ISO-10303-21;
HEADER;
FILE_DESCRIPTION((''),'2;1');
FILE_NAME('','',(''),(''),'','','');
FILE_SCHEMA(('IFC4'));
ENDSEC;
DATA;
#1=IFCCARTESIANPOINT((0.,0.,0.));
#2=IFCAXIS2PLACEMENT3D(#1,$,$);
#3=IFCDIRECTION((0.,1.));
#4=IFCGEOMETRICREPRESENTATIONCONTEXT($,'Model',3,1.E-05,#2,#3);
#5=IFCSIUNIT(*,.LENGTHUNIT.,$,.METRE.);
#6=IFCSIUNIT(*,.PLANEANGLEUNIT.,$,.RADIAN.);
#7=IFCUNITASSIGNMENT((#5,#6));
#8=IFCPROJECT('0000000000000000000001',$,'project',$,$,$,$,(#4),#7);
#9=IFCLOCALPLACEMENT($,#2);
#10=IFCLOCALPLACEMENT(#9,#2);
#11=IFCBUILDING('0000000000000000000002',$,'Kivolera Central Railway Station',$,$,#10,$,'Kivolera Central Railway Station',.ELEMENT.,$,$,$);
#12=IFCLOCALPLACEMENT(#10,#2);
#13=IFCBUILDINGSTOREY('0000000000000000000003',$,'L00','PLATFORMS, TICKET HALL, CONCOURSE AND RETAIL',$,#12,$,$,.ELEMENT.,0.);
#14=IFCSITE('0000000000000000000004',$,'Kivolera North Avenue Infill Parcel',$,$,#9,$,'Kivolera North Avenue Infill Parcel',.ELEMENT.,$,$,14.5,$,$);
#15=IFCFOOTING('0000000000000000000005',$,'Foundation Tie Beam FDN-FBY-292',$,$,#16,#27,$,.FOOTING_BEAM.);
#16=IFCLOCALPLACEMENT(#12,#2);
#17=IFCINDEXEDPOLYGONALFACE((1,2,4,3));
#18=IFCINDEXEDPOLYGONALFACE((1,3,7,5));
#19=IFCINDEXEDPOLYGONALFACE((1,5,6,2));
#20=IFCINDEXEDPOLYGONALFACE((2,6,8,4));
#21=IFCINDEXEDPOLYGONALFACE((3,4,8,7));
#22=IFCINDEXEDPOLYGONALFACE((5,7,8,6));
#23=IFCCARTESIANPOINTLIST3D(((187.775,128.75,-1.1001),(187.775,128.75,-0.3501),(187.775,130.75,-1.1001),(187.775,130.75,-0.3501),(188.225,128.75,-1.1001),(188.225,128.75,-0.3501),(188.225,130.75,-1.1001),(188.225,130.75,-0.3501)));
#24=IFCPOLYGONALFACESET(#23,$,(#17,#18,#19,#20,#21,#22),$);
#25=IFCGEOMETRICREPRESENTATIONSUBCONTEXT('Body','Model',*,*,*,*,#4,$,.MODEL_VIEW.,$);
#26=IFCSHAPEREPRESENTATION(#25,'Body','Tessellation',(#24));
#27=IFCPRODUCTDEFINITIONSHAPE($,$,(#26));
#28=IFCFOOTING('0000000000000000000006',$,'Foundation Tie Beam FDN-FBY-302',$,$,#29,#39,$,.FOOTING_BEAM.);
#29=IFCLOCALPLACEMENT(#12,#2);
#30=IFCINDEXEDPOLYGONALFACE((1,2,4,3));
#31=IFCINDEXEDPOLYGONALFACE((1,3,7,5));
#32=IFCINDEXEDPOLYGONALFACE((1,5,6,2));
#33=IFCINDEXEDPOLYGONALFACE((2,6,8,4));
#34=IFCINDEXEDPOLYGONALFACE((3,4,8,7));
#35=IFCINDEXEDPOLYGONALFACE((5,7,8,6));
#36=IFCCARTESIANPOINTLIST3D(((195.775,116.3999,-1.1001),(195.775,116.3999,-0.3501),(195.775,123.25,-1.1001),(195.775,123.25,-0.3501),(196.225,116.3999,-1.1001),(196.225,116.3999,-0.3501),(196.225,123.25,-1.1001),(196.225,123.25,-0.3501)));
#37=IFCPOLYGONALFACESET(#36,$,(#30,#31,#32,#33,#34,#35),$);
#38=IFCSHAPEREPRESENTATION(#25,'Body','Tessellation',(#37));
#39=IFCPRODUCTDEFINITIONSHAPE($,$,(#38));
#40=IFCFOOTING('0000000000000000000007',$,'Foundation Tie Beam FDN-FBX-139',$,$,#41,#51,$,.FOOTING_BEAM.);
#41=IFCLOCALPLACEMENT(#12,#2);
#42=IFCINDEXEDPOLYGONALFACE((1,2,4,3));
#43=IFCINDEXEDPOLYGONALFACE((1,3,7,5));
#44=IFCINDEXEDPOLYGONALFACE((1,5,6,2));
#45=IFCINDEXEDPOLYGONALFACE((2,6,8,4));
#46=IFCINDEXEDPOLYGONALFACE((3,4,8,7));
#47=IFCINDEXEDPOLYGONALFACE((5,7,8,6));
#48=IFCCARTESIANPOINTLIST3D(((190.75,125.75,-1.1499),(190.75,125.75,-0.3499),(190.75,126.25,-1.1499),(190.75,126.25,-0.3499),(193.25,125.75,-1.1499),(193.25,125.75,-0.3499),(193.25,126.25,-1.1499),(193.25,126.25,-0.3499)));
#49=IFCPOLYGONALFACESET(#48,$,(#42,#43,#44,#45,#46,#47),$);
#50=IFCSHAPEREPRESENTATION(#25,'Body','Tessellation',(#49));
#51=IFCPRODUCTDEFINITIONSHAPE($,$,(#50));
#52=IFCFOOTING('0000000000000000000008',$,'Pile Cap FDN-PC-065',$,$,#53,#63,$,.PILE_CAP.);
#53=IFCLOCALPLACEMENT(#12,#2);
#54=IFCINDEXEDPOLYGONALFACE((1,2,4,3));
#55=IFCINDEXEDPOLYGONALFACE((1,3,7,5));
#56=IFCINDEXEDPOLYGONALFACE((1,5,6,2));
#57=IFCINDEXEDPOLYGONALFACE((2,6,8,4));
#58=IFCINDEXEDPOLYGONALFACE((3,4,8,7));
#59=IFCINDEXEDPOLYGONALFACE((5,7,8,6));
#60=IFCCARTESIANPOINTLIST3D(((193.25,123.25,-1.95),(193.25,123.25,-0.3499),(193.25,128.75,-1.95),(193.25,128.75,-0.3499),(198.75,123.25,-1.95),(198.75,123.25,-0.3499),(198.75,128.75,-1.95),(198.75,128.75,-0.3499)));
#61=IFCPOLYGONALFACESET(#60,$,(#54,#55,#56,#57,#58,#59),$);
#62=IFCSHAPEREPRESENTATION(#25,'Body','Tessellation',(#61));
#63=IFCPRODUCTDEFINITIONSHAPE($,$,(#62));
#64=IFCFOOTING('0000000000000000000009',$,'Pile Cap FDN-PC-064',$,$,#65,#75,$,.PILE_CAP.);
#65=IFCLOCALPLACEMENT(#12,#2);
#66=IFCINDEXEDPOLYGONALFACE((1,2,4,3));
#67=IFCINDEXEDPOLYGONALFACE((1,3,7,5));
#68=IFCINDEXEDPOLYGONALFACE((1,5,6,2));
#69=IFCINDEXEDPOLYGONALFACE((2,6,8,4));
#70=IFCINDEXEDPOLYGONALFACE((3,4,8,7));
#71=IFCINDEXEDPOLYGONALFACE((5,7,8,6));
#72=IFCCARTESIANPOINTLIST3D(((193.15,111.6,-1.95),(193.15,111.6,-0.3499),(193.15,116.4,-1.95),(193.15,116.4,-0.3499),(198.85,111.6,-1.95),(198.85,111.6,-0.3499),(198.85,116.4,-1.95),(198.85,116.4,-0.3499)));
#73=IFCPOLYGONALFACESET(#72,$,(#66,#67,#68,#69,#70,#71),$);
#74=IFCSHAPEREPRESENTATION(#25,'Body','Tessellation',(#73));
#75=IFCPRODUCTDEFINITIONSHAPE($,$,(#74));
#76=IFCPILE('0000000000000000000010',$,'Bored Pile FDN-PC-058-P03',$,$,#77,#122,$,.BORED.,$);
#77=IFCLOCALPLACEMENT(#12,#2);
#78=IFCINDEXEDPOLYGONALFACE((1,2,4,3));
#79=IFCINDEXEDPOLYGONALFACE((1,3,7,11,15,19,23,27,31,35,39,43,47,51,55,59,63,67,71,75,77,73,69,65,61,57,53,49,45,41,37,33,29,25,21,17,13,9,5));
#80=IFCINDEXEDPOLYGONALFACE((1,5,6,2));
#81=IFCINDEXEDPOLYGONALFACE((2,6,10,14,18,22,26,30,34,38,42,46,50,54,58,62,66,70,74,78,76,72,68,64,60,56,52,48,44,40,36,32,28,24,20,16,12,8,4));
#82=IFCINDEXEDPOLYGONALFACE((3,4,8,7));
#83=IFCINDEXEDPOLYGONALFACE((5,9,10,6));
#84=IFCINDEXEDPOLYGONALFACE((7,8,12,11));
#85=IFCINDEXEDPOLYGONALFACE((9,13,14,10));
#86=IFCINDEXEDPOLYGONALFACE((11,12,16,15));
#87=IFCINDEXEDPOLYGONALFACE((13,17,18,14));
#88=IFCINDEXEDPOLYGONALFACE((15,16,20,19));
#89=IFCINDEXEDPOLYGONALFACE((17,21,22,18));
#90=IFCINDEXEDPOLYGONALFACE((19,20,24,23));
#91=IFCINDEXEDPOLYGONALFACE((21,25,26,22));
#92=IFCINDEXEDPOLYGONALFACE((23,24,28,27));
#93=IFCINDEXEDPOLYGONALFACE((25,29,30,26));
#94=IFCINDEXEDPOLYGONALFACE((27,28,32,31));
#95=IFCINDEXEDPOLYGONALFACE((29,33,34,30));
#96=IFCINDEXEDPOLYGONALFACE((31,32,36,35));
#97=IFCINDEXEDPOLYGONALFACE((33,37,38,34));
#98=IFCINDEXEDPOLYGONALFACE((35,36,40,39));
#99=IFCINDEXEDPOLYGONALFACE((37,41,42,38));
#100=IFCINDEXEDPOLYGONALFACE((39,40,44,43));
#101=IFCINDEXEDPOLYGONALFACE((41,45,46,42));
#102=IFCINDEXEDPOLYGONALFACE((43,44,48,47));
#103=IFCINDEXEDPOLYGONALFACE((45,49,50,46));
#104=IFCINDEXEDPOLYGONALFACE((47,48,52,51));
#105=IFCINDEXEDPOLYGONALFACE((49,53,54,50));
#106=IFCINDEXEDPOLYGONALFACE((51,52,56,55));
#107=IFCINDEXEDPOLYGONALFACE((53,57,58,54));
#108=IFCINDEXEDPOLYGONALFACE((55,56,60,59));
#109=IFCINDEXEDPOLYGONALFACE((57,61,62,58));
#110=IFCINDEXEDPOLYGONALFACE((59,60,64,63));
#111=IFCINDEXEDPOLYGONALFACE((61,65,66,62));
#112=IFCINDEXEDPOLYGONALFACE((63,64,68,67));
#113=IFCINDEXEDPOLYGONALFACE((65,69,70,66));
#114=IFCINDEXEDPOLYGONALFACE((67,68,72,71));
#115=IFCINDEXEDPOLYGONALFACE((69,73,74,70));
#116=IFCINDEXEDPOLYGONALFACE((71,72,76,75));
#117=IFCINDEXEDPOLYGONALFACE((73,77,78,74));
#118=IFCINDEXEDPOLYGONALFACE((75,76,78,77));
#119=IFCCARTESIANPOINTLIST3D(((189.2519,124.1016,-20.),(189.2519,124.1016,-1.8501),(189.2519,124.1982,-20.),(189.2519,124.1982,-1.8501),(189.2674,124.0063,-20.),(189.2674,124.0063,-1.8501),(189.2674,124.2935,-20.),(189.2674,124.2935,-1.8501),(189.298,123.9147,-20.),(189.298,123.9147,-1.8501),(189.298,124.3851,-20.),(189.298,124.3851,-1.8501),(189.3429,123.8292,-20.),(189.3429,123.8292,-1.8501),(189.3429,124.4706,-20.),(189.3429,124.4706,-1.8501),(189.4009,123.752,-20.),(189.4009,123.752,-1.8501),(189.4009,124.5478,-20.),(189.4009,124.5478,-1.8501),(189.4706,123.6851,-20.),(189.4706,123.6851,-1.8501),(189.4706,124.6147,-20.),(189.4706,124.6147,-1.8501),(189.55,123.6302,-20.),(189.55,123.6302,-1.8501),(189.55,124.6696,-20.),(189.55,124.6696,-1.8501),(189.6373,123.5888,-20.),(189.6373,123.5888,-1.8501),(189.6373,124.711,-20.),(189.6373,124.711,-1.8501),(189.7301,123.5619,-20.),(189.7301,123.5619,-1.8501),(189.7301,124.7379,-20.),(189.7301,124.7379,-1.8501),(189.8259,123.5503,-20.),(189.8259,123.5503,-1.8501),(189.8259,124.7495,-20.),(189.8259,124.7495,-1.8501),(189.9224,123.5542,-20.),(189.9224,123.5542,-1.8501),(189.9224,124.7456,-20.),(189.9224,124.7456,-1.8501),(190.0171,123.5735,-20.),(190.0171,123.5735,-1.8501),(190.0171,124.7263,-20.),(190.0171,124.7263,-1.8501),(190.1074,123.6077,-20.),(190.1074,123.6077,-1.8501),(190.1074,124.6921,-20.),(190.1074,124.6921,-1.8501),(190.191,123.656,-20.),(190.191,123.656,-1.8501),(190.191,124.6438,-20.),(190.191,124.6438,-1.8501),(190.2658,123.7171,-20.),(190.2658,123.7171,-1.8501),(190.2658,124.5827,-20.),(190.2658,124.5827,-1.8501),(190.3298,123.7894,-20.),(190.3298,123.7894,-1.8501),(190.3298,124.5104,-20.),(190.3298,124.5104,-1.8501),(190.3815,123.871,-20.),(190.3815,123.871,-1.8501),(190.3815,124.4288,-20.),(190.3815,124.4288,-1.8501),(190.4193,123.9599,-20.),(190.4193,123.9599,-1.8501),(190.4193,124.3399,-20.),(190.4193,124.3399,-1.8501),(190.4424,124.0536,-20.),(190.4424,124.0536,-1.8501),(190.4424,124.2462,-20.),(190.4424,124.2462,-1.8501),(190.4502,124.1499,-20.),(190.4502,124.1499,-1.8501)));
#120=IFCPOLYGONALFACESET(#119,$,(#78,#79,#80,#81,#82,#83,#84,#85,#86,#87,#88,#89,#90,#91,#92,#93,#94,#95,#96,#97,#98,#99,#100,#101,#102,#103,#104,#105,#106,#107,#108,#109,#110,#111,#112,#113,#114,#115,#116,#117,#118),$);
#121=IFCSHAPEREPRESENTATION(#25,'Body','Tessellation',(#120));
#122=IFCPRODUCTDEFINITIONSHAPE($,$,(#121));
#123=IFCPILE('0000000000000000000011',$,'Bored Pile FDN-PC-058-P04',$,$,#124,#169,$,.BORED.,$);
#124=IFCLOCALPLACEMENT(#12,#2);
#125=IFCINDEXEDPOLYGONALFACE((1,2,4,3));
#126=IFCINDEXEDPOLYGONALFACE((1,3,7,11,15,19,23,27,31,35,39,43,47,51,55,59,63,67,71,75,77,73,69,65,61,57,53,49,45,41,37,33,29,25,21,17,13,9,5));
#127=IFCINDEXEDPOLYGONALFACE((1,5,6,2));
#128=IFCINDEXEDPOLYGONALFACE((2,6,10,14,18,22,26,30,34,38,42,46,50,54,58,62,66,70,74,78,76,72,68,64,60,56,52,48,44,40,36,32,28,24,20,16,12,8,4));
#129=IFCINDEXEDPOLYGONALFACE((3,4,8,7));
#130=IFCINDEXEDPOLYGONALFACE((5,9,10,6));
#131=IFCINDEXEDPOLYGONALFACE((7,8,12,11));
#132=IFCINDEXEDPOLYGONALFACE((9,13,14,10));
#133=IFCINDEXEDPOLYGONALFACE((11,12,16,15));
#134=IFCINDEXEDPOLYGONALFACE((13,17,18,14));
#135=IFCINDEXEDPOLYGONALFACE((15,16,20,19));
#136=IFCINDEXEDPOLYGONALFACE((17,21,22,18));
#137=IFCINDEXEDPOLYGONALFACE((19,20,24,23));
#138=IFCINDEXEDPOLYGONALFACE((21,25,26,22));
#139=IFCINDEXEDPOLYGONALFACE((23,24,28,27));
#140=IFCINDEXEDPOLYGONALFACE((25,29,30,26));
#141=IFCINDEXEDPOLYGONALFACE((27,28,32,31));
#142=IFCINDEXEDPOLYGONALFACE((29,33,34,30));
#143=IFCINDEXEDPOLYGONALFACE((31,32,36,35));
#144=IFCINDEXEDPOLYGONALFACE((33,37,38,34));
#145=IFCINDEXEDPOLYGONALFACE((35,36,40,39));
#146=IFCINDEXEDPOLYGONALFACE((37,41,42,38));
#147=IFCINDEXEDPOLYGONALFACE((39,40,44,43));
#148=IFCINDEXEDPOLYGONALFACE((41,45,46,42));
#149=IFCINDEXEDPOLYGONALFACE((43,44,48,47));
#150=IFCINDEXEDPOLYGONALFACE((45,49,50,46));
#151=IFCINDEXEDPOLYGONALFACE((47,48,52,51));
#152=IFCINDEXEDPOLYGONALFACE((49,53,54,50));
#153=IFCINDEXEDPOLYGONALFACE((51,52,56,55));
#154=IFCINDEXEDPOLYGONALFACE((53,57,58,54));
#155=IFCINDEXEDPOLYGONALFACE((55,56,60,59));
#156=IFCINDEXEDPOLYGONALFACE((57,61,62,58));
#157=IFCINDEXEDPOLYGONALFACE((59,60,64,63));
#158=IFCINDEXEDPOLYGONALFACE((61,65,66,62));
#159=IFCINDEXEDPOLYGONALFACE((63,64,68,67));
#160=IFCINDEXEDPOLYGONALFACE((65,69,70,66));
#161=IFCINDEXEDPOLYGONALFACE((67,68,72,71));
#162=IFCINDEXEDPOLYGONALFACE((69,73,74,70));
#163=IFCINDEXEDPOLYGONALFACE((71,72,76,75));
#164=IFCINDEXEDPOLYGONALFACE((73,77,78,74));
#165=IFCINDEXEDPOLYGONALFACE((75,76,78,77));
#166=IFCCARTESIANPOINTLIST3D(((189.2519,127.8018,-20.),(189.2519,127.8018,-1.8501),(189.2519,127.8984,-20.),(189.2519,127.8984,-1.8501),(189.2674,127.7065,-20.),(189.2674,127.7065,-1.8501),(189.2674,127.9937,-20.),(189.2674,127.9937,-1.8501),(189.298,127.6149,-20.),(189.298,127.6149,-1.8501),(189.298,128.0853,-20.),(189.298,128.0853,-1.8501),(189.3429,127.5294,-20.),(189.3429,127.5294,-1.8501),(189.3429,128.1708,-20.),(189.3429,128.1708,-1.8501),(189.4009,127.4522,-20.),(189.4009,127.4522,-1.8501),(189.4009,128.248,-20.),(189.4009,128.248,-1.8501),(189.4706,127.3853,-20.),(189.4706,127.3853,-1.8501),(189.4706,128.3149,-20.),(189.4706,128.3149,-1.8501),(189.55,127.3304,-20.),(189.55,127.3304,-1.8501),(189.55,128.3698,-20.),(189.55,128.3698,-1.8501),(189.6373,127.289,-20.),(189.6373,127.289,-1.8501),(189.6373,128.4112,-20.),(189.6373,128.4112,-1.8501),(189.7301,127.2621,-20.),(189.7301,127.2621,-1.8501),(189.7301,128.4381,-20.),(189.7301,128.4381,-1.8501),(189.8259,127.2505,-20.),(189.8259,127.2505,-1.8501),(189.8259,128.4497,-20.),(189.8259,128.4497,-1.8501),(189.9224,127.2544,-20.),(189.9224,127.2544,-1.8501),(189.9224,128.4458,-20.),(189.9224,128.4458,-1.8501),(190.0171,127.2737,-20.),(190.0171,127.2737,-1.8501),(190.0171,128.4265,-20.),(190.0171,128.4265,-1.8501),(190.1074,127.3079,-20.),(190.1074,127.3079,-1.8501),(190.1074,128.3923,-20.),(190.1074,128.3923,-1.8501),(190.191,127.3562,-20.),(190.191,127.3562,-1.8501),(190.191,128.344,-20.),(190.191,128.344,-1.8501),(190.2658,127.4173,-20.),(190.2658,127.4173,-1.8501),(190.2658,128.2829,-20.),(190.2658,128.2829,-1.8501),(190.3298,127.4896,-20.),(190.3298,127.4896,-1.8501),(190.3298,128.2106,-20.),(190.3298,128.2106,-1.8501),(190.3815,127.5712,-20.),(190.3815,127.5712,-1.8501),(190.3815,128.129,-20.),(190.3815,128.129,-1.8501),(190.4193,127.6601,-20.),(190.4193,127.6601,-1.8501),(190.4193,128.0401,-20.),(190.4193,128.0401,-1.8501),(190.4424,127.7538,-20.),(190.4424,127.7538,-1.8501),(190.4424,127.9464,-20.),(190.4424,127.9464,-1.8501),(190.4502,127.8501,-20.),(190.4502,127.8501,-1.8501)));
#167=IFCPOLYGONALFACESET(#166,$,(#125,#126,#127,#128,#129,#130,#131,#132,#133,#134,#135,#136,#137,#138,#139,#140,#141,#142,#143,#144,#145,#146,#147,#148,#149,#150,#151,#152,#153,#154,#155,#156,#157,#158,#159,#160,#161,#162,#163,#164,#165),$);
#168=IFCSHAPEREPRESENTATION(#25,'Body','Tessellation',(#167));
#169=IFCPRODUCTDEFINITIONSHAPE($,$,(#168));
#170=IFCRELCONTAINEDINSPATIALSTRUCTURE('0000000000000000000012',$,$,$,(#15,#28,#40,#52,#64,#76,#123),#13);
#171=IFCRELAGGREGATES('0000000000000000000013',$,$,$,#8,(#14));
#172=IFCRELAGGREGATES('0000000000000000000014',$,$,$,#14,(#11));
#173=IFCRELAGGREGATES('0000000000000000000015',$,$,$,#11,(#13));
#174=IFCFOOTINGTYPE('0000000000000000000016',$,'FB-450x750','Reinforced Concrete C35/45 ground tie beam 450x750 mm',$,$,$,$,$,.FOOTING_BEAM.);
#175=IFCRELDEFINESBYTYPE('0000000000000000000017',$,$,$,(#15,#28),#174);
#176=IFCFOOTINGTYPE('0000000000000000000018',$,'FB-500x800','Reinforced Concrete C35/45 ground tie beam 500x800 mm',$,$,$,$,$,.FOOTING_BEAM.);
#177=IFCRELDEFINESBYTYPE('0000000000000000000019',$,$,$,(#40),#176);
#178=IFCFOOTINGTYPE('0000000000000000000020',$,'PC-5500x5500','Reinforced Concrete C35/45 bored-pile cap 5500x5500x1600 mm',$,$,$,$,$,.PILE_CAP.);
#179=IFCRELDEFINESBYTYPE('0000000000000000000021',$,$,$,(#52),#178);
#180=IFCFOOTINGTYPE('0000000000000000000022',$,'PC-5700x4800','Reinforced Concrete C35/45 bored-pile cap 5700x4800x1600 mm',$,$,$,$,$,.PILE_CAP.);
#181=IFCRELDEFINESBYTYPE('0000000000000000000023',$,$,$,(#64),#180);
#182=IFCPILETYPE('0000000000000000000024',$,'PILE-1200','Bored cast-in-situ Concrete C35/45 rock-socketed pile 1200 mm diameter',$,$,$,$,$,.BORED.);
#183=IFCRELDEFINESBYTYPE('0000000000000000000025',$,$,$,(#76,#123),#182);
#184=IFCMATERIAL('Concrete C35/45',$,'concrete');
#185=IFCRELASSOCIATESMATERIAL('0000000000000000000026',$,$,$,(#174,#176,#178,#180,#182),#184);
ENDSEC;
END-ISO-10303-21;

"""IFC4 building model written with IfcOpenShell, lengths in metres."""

from ifc_helpers import new_model, si_unit, direction, frame, origin, origin_2d, place, context, subcontext, project, spatial, rectangle, circle, extrude, material, material_profile, profile_set, type_object, element, save


model = new_model("IFC4")

# Units and contexts
model_context = context("Model", 3, precision=1e-05, world=origin(), true_north=direction((0.0, 1.0)))
body_context = subcontext(model_context, "Body", "Model", "MODEL_VIEW")
ifc_project = project(units=[si_unit("LENGTHUNIT", "METRE"), si_unit("PLANEANGLEUNIT", "RADIAN")], contexts=[model_context])

# Site, building, storey
site_placement = place(None, origin())
site = spatial("IfcSite", under=ifc_project, at=site_placement, Name="Kivolera North Avenue Infill Parcel", LongName="Kivolera North Avenue Infill Parcel", CompositionType="ELEMENT", RefElevation=14.5)
building_placement = place(site_placement, origin())
building = spatial("IfcBuilding", under=site, at=building_placement, Name="Kivolera Central Railway Station", LongName="Kivolera Central Railway Station", CompositionType="ELEMENT")
storey_placement = place(building_placement, origin())
storey = spatial("IfcBuildingStorey", under=building, at=storey_placement, Name="L00", Description="PLATFORMS, TICKET HALL, CONCOURSE AND RETAIL", CompositionType="ELEMENT", Elevation=0.0)

# Footings
ifc_material_1 = material(Name="Concrete C35/45", Category="concrete")
footing_type_1 = type_object("IfcFootingType", Name="FB-450x750", Description="Reinforced Concrete C35/45 ground tie beam 450x750 mm", PredefinedType="FOOTING_BEAM", material=ifc_material_1)
footing_1_placement = place(storey_placement, frame((188.0, 129.75, -1.1001), z_axis=(0.0, 0.0, 1.0), x_axis=(1.0, 0.0, 0.0)))
element("IfcFooting", 1, at=footing_1_placement, inside=storey, type_object=footing_type_1, Name="Foundation Tie Beam FDN-FBY-292", PredefinedType="FOOTING_BEAM", context=body_context, shape_type="SweptSolid", body=[
    extrude(rectangle(XDim=0.45, YDim=2.0, at=origin_2d()), origin(), (0.0, 0.0, 1.0), 0.75),
])
footing_2_placement = place(storey_placement, frame((196.0, 119.825, -1.1001), z_axis=(0.0, 0.0, 1.0), x_axis=(1.0, 0.0, 0.0)))
element("IfcFooting", 2, at=footing_2_placement, inside=storey, type_object=footing_type_1, Name="Foundation Tie Beam FDN-FBY-302", PredefinedType="FOOTING_BEAM", context=body_context, shape_type="SweptSolid", body=[
    extrude(rectangle(XDim=0.45, YDim=6.8501, at=origin_2d()), origin(), (0.0, 0.0, 1.0), 0.75),
])
footing_type_2 = type_object("IfcFootingType", Name="FB-500x800", Description="Reinforced Concrete C35/45 ground tie beam 500x800 mm", PredefinedType="FOOTING_BEAM", material=ifc_material_1)
footing_3_placement = place(storey_placement, frame((192.0, 126.0, -1.1499), z_axis=(0.0, 0.0, 1.0), x_axis=(1.0, 0.0, 0.0)))
element("IfcFooting", 3, at=footing_3_placement, inside=storey, type_object=footing_type_2, Name="Foundation Tie Beam FDN-FBX-139", PredefinedType="FOOTING_BEAM", context=body_context, shape_type="SweptSolid", body=[
    extrude(rectangle(XDim=2.5, YDim=0.5, at=origin_2d()), origin(), (0.0, 0.0, 1.0), 0.8),
])
footing_type_3 = type_object("IfcFootingType", Name="PC-5500x5500", Description="Reinforced Concrete C35/45 bored-pile cap 5500x5500x1600 mm", PredefinedType="PILE_CAP", material=ifc_material_1)
footing_4_placement = place(storey_placement, frame((196.0, 126.0, -1.95), z_axis=(0.0, 0.0, 1.0), x_axis=(1.0, 0.0, 0.0)))
element("IfcFooting", 4, at=footing_4_placement, inside=storey, type_object=footing_type_3, Name="Pile Cap FDN-PC-065", PredefinedType="PILE_CAP", context=body_context, shape_type="SweptSolid", body=[
    extrude(rectangle(XDim=5.5, YDim=5.5, at=origin_2d()), origin(), (0.0, 0.0, 1.0), 1.6001),
])
footing_type_4 = type_object("IfcFootingType", Name="PC-5700x4800", Description="Reinforced Concrete C35/45 bored-pile cap 5700x4800x1600 mm", PredefinedType="PILE_CAP", material=ifc_material_1)
footing_5_placement = place(storey_placement, frame((196.0, 114.0, -1.95), z_axis=(0.0, 0.0, 1.0), x_axis=(1.0, 0.0, 0.0)))
element("IfcFooting", 5, at=footing_5_placement, inside=storey, type_object=footing_type_4, Name="Pile Cap FDN-PC-064", PredefinedType="PILE_CAP", context=body_context, shape_type="SweptSolid", body=[
    extrude(rectangle(XDim=5.7, YDim=4.8, at=origin_2d()), origin(), (0.0, 0.0, 1.0), 1.6001),
])

# Piles
ifc_material_profile_1 = material_profile(ifc_material_1, circle(Radius=0.6001, at=origin_2d()), Name="PILE D1200")
ifc_profile_set_1 = profile_set([ifc_material_profile_1], Name="Concrete C35/45")
pile_type = type_object("IfcPileType", Name="PILE-1200", Description="Bored cast-in-situ Concrete C35/45 rock-socketed pile 1200 mm diameter", PredefinedType="BORED", material=ifc_profile_set_1)
for number, where, z_axis, x_axis, name in (
    (6, (189.8501, 124.1499, -1.8501), (0.0, 0.0, -1.0), (1.0, 0.0, 0.0), "Bored Pile FDN-PC-058-P03"),
    (7, (189.8501, 127.8501, -1.8501), (0.0, 0.0, -1.0), (1.0, 0.0, 0.0), "Bored Pile FDN-PC-058-P04"),
):
    element("IfcPile", number, at=place(storey_placement, frame(where, z_axis=z_axis, x_axis=x_axis)), inside=storey, type_object=pile_type, Name=name, PredefinedType="BORED", context=body_context, shape_type="SweptSolid", body=[
        extrude(circle(Radius=0.6001, at=origin_2d()), origin(), (0.0, 0.0, 1.0), 18.1499),
    ])

save(model, "model.ifc")
